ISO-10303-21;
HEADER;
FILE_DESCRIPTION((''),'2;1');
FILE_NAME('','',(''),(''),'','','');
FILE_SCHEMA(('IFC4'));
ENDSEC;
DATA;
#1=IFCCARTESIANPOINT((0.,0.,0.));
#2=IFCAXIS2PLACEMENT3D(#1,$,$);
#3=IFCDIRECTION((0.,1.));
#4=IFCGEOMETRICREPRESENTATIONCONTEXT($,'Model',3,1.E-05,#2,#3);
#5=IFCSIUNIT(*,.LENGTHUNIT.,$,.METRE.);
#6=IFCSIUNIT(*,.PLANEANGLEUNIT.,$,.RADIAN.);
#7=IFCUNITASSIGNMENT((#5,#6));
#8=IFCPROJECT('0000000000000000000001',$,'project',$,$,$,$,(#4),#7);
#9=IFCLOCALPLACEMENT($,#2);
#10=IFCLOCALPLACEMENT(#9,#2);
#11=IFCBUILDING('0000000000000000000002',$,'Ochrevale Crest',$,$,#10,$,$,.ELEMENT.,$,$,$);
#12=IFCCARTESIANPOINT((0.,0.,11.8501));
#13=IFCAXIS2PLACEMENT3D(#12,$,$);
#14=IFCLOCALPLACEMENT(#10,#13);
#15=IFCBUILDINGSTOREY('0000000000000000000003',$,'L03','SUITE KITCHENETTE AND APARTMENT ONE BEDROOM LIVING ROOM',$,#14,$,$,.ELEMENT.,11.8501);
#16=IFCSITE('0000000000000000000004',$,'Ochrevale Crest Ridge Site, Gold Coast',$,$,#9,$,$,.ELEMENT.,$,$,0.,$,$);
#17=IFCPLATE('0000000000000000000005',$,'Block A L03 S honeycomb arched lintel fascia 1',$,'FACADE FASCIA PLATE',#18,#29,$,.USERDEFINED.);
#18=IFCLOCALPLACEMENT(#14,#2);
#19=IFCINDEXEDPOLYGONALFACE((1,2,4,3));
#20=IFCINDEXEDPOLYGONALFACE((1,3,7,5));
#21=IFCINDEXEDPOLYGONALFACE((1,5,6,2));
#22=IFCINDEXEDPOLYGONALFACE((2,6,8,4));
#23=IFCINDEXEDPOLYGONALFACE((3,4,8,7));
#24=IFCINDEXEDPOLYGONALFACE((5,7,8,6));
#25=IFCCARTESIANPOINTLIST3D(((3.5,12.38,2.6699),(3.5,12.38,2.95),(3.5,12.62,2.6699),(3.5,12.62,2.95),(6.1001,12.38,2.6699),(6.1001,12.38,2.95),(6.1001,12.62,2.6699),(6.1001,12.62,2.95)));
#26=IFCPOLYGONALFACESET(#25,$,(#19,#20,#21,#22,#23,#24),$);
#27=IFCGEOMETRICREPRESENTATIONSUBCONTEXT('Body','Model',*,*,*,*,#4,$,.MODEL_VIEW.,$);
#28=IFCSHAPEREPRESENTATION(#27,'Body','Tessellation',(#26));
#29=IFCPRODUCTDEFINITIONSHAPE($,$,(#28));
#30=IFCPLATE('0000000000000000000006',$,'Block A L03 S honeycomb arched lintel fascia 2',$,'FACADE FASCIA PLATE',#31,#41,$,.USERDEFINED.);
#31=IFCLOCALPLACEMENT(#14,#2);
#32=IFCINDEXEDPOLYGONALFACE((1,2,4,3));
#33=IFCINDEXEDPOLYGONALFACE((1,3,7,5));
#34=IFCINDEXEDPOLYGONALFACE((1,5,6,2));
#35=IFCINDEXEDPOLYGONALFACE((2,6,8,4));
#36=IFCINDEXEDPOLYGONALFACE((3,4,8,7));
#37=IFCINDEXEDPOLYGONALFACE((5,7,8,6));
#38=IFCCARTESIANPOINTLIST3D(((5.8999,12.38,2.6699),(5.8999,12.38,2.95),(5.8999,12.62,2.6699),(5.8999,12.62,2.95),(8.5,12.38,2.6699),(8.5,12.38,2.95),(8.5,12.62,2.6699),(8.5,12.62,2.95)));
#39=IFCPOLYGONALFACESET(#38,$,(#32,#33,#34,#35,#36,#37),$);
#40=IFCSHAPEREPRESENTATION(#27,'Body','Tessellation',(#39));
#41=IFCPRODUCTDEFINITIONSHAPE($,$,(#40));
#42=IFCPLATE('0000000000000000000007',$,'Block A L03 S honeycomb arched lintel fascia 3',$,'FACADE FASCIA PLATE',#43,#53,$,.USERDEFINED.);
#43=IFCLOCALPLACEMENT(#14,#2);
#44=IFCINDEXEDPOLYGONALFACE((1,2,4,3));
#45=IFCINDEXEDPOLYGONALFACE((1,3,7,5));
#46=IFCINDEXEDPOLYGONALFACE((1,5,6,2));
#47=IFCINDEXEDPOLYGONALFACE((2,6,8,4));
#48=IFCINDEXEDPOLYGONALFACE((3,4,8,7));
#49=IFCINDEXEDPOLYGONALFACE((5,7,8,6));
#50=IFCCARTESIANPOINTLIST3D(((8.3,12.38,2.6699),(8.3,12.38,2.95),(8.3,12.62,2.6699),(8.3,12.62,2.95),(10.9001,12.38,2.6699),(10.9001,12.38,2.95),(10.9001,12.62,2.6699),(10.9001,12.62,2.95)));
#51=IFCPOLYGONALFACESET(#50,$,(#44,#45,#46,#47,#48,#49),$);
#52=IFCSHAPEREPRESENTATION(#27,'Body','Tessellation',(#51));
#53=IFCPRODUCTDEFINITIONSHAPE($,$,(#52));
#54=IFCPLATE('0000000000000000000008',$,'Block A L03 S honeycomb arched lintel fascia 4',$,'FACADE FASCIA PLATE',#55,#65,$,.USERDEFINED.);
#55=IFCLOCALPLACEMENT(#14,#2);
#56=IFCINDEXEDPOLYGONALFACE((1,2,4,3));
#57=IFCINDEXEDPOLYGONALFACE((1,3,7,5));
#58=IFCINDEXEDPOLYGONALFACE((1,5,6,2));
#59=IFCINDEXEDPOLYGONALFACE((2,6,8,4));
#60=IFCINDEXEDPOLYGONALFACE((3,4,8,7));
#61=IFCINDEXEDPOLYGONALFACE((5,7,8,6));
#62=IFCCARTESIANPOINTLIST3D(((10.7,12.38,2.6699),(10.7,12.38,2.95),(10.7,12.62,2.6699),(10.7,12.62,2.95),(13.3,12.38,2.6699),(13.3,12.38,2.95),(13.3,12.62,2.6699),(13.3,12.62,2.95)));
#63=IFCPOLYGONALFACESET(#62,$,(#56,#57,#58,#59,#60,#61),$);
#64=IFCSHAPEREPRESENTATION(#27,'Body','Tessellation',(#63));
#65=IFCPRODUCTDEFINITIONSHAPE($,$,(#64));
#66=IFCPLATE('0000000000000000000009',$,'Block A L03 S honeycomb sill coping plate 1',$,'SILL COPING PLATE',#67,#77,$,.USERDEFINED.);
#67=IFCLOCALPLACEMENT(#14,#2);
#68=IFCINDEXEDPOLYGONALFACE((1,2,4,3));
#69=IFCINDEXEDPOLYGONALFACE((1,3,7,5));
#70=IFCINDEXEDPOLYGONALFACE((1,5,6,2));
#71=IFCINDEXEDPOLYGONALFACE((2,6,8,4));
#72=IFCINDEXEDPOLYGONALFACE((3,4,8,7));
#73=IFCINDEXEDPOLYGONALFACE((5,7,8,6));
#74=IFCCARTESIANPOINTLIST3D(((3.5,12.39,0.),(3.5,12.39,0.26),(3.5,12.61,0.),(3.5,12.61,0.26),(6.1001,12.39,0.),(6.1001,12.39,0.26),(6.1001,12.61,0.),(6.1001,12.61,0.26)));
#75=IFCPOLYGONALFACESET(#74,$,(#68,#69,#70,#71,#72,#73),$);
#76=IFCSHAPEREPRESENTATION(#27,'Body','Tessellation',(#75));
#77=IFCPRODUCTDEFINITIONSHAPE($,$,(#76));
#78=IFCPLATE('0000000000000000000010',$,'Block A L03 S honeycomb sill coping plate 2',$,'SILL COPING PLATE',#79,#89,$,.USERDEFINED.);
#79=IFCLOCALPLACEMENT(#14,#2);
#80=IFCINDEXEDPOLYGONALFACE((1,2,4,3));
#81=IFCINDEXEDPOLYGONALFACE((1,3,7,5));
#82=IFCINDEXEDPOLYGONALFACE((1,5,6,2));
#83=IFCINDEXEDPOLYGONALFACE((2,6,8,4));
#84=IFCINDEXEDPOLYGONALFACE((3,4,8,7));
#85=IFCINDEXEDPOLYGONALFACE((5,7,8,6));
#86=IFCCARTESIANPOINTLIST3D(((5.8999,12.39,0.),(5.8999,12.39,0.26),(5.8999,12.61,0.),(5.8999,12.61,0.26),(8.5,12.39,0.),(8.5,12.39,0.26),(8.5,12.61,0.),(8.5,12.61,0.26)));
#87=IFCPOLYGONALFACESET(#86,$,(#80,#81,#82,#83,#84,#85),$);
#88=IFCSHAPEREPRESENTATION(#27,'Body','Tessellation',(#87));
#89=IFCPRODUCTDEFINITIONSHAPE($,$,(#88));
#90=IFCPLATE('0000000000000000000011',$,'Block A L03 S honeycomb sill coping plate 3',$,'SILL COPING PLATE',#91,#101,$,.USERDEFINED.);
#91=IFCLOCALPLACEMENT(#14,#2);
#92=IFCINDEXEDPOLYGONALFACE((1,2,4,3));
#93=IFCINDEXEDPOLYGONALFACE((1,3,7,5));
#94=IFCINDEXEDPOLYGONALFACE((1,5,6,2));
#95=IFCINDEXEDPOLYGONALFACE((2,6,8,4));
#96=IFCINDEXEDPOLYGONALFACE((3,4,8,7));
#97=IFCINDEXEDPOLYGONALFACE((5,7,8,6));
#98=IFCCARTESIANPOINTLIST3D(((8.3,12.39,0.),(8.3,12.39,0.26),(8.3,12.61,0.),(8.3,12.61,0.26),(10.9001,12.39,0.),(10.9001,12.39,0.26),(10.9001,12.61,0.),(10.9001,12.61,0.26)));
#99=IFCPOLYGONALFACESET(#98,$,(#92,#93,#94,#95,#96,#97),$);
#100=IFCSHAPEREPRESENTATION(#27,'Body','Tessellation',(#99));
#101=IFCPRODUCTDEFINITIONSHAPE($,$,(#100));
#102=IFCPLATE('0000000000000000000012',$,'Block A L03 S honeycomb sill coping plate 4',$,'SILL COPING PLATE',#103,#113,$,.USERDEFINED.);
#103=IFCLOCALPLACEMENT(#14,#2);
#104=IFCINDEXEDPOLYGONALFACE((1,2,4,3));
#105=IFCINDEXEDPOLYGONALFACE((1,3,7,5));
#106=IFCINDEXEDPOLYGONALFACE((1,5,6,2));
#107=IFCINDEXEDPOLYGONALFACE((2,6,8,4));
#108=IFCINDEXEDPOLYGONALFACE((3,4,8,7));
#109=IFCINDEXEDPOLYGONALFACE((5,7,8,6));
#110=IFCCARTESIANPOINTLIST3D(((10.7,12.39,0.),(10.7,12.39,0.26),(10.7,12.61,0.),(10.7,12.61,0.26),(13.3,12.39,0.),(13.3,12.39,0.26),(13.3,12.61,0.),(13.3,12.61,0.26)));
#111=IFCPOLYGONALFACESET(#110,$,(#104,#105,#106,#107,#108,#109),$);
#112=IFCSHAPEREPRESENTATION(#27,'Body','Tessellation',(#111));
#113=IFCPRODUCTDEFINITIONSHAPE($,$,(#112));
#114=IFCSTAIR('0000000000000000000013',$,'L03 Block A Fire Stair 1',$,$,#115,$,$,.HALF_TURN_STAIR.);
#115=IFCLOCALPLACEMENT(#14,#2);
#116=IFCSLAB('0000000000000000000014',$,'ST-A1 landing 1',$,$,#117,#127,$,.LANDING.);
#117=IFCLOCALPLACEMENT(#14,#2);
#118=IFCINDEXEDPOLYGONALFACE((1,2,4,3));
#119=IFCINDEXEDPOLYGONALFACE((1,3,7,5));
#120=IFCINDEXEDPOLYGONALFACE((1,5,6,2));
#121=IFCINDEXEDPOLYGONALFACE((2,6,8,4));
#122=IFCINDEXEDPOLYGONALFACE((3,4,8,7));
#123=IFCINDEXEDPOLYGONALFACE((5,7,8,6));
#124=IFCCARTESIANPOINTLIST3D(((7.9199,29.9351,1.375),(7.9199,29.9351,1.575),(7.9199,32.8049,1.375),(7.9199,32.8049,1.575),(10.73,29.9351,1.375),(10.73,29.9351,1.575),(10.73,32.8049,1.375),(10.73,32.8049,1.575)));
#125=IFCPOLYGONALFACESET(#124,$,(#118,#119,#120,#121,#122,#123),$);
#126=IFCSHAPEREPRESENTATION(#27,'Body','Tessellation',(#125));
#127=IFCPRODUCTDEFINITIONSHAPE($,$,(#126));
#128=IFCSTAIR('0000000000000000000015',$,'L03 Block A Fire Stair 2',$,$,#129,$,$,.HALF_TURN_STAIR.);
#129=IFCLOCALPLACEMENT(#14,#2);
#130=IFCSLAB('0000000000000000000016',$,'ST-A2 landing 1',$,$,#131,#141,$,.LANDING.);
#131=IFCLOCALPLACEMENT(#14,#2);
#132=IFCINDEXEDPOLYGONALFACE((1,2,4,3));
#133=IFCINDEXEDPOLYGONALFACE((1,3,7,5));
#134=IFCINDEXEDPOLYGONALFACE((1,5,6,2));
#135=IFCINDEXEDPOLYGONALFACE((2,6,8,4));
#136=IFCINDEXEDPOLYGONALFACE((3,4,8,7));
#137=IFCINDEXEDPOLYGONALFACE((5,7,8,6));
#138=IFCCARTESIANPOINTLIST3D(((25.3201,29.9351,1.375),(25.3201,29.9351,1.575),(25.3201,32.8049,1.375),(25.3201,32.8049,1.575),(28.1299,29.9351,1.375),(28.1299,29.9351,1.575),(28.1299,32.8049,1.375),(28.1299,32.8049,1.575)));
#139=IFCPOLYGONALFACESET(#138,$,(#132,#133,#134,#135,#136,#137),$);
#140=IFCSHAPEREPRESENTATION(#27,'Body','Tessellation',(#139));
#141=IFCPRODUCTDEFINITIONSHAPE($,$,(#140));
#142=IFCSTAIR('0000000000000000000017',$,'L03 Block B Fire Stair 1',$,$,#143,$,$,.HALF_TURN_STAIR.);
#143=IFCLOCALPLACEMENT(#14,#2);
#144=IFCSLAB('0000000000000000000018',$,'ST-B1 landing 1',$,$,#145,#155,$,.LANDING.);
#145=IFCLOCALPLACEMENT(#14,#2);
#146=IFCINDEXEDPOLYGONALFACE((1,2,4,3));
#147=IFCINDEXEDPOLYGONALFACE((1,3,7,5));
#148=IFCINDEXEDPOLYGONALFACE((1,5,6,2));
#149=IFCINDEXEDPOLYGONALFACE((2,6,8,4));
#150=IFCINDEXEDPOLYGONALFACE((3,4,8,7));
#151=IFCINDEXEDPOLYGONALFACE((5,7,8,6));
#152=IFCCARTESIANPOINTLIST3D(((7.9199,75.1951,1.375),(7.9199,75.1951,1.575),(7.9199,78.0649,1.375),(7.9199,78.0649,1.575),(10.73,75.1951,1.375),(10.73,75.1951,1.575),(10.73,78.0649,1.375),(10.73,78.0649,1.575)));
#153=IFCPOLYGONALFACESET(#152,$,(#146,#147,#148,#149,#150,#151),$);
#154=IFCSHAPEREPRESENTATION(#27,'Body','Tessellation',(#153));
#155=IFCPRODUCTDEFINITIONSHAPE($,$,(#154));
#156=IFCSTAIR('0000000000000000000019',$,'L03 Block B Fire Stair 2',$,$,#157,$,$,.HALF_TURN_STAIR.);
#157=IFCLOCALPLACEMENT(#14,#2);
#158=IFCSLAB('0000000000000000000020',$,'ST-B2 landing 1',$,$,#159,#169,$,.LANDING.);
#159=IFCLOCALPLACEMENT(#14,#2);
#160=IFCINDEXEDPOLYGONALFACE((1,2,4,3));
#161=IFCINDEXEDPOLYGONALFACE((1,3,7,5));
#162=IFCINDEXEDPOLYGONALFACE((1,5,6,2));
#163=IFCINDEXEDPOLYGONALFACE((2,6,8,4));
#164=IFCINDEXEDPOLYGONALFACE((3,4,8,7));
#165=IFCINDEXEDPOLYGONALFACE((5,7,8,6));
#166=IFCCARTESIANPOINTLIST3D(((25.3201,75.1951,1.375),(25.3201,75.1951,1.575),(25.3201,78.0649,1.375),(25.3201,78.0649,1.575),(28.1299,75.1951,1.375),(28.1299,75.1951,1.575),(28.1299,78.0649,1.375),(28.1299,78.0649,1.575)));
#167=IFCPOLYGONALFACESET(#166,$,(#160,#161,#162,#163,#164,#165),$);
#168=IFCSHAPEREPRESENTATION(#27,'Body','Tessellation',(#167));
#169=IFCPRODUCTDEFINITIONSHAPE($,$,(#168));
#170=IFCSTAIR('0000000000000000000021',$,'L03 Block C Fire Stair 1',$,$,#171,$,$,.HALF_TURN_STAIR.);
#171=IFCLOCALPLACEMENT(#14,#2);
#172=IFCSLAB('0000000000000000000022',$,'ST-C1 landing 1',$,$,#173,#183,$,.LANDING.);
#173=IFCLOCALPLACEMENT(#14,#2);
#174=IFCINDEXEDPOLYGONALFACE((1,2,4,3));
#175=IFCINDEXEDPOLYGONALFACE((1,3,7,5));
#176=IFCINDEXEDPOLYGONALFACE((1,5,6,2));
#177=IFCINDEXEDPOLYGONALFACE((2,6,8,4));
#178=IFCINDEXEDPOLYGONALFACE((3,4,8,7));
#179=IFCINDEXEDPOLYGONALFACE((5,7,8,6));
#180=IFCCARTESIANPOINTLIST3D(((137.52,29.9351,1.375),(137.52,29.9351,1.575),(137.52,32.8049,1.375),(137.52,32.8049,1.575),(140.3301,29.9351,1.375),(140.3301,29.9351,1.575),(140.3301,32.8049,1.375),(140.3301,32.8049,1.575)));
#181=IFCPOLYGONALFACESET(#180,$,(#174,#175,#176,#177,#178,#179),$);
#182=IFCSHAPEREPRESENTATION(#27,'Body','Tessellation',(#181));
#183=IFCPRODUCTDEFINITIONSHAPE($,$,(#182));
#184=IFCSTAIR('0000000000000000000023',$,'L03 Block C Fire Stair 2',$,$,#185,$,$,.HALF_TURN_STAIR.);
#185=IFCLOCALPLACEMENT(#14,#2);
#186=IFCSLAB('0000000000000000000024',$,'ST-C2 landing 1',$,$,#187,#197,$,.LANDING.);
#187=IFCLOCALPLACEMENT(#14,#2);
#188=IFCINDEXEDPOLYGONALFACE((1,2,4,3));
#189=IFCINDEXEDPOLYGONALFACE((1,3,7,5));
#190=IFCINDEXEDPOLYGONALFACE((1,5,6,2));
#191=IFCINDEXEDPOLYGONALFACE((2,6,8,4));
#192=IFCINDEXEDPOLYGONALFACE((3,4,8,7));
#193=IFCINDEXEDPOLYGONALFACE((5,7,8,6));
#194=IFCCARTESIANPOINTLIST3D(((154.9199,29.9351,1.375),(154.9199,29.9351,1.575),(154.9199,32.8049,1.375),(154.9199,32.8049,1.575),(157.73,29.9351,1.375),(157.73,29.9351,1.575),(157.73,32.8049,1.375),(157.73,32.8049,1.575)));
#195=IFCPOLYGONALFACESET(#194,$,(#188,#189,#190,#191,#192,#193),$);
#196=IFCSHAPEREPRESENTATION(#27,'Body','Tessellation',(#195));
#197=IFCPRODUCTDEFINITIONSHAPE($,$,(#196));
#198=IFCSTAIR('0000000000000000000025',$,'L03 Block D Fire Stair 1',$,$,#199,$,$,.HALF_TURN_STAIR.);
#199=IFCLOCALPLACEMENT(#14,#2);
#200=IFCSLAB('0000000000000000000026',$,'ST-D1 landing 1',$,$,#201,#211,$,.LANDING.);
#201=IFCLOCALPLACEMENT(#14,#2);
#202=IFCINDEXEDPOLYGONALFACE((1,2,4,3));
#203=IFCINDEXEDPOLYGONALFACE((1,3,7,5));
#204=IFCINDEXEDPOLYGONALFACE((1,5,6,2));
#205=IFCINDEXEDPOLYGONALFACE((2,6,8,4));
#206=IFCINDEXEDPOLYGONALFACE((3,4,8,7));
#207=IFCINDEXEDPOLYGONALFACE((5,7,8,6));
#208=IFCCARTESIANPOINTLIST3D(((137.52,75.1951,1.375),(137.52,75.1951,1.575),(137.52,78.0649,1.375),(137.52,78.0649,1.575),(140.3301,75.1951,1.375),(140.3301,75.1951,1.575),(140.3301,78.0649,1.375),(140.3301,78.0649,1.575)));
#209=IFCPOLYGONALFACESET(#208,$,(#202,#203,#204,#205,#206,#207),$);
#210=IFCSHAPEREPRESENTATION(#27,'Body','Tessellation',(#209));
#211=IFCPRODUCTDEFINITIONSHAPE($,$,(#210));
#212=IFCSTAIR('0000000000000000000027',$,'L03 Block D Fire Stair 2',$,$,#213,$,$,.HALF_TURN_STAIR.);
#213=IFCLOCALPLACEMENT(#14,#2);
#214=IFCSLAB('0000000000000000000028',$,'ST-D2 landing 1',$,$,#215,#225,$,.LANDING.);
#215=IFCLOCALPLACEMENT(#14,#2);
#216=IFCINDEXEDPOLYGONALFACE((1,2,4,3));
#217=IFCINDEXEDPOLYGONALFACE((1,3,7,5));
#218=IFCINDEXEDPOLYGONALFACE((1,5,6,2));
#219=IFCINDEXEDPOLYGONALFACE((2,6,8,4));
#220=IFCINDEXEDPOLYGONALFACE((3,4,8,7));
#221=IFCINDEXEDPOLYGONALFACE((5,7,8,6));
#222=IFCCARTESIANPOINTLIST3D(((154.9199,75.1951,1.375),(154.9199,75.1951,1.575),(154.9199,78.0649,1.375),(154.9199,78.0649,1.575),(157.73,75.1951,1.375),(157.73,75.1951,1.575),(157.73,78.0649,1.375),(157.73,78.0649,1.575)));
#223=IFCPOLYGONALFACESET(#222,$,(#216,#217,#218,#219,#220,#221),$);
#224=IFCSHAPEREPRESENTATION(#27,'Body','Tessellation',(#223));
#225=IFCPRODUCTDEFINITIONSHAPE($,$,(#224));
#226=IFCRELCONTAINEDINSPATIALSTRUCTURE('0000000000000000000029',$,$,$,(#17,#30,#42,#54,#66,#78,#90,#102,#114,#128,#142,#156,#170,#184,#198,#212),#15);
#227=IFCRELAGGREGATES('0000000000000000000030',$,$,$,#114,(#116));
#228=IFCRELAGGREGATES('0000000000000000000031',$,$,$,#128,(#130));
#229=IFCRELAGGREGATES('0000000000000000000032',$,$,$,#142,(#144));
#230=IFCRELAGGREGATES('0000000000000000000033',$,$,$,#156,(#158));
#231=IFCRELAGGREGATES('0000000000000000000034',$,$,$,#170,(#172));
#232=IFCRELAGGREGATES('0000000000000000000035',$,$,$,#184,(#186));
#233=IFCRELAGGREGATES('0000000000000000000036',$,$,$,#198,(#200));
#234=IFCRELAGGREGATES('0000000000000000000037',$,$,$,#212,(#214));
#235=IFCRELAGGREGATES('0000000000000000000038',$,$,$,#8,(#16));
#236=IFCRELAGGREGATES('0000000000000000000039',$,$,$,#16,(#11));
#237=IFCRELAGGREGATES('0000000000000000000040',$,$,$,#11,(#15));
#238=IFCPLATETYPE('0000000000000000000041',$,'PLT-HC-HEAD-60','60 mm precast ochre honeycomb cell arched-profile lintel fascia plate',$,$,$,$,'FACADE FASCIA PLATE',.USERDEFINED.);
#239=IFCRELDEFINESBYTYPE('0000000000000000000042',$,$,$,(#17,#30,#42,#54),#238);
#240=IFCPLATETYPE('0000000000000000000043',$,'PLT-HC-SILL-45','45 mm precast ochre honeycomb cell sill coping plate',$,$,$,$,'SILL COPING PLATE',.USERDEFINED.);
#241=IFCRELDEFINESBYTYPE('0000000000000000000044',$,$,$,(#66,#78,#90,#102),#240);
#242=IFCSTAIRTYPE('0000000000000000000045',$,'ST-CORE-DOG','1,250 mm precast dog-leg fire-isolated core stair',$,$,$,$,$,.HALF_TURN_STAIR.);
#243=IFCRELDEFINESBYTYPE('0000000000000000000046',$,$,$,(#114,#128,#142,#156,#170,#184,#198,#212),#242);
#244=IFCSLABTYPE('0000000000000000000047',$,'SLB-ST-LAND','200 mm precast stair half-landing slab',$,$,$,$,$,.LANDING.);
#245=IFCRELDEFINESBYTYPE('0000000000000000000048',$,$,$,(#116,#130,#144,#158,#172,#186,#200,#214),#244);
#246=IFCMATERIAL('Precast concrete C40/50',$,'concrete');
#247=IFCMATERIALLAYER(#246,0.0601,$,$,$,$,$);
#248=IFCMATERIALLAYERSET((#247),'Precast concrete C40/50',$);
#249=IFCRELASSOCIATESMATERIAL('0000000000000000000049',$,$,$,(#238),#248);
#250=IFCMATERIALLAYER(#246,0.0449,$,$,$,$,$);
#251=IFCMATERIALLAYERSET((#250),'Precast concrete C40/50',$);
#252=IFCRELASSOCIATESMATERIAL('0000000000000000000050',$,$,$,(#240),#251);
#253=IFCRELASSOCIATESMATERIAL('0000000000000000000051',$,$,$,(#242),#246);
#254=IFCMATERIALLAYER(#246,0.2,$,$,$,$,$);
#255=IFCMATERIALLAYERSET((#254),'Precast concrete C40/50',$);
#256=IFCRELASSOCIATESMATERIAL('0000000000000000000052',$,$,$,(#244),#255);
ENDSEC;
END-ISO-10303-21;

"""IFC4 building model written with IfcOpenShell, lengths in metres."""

from ifc_helpers import new_model, si_unit, direction, frame, origin, origin_2d, place, context, subcontext, project, spatial, polyline, rectangle, outline, extrude, material, layer, layer_set, type_object, element, aggregate, save


model = new_model("IFC4")

# Units and contexts
model_context = context("Model", 3, precision=1e-05, world=origin(), true_north=direction((0.0, 1.0)))
body_context = subcontext(model_context, "Body", "Model", "MODEL_VIEW")
ifc_project = project(units=[si_unit("LENGTHUNIT", "METRE"), si_unit("PLANEANGLEUNIT", "RADIAN")], contexts=[model_context])

# Site, building, storey
site_placement = place(None, origin())
site = spatial("IfcSite", under=ifc_project, at=site_placement, Name="Ochrevale Crest Ridge Site, Gold Coast", CompositionType="ELEMENT", RefElevation=0.0)
building_placement = place(site_placement, origin())
building = spatial("IfcBuilding", under=site, at=building_placement, Name="Ochrevale Crest", CompositionType="ELEMENT")
storey_placement = place(building_placement, frame((0.0, 0.0, 11.8501)))
storey = spatial("IfcBuildingStorey", under=building, at=storey_placement, Name="L03", Description="SUITE KITCHENETTE AND APARTMENT ONE BEDROOM LIVING ROOM", CompositionType="ELEMENT", Elevation=11.8501)

# Plates
ifc_material_1 = material(Name="Precast concrete C40/50", Category="concrete")
ifc_layer_1 = layer(ifc_material_1, 0.0601)
ifc_layer_set_1 = layer_set([ifc_layer_1], Name="Precast concrete C40/50")
plate_type_1 = type_object("IfcPlateType", Name="PLT-HC-HEAD-60", Description="60 mm precast ochre honeycomb cell arched-profile lintel fascia plate", ElementType="FACADE FASCIA PLATE", PredefinedType="USERDEFINED", material=ifc_layer_set_1)
for number, where, z_axis, x_axis, name in (
    (1, (4.8, 12.5, 2.6699), (0.0, 0.0, 1.0), (1.0, 0.0, 0.0), "Block A L03 S honeycomb arched lintel fascia 1"),
    (2, (7.2, 12.5, 2.6699), (0.0, 0.0, 1.0), (1.0, 0.0, 0.0), "Block A L03 S honeycomb arched lintel fascia 2"),
    (3, (9.6001, 12.5, 2.6699), (0.0, 0.0, 1.0), (1.0, 0.0, 0.0), "Block A L03 S honeycomb arched lintel fascia 3"),
    (4, (12.0, 12.5, 2.6699), (0.0, 0.0, 1.0), (1.0, 0.0, 0.0), "Block A L03 S honeycomb arched lintel fascia 4"),
):
    element("IfcPlate", number, at=place(storey_placement, frame(where, z_axis=z_axis, x_axis=x_axis)), inside=storey, type_object=plate_type_1, Name=name, ObjectType="FACADE FASCIA PLATE", PredefinedType="USERDEFINED", context=body_context, shape_type="SweptSolid", body=[
        extrude(rectangle(XDim=2.6001, YDim=0.24, at=origin_2d()), origin(), (0.0, 0.0, 1.0), 0.28),
    ])
ifc_layer_2 = layer(ifc_material_1, 0.0449)
ifc_layer_set_2 = layer_set([ifc_layer_2], Name="Precast concrete C40/50")
plate_type_2 = type_object("IfcPlateType", Name="PLT-HC-SILL-45", Description="45 mm precast ochre honeycomb cell sill coping plate", ElementType="SILL COPING PLATE", PredefinedType="USERDEFINED", material=ifc_layer_set_2)
for number, where, z_axis, x_axis, name in (
    (5, (4.8, 12.5, 0.0), (0.0, 0.0, 1.0), (1.0, 0.0, 0.0), "Block A L03 S honeycomb sill coping plate 1"),
    (6, (7.2, 12.5, 0.0), (0.0, 0.0, 1.0), (1.0, 0.0, 0.0), "Block A L03 S honeycomb sill coping plate 2"),
    (7, (9.6001, 12.5, 0.0), (0.0, 0.0, 1.0), (1.0, 0.0, 0.0), "Block A L03 S honeycomb sill coping plate 3"),
    (8, (12.0, 12.5, 0.0), (0.0, 0.0, 1.0), (1.0, 0.0, 0.0), "Block A L03 S honeycomb sill coping plate 4"),
):
    element("IfcPlate", number, at=place(storey_placement, frame(where, z_axis=z_axis, x_axis=x_axis)), inside=storey, type_object=plate_type_2, Name=name, ObjectType="SILL COPING PLATE", PredefinedType="USERDEFINED", context=body_context, shape_type="SweptSolid", body=[
        extrude(rectangle(XDim=2.6001, YDim=0.22, at=origin_2d()), origin(), (0.0, 0.0, 1.0), 0.26),
    ])

# Stairs, slabs
stair_type = type_object("IfcStairType", Name="ST-CORE-DOG", Description="1,250 mm precast dog-leg fire-isolated core stair", PredefinedType="HALF_TURN_STAIR", material=ifc_material_1)
stair_1_placement = place(storey_placement, origin())
stair_1 = element("IfcStair", 9, at=stair_1_placement, inside=storey, type_object=stair_type, Name="L03 Block A Fire Stair 1", PredefinedType="HALF_TURN_STAIR")
ifc_layer_3 = layer(ifc_material_1, 0.2)
ifc_layer_set_3 = layer_set([ifc_layer_3], Name="Precast concrete C40/50")
slab_type = type_object("IfcSlabType", Name="SLB-ST-LAND", Description="200 mm precast stair half-landing slab", PredefinedType="LANDING", material=ifc_layer_set_3)
slab_1_placement = place(storey_placement, frame((0.0, 0.0, 1.375)))
slab_1 = element("IfcSlab", 10, at=slab_1_placement, type_object=slab_type, Name="ST-A1 landing 1", PredefinedType="LANDING", context=body_context, shape_type="SweptSolid", body=[
    extrude(outline(polyline([(10.73, 29.9351), (10.73, 32.8049), (7.9199, 32.8049), (7.9199, 29.9351), (10.73, 29.9351)])), origin(), (0.0, 0.0, 1.0), 0.2),
])
aggregate(stair_1, [slab_1])
stair_2_placement = place(storey_placement, origin())
stair_2 = element("IfcStair", 11, at=stair_2_placement, inside=storey, type_object=stair_type, Name="L03 Block A Fire Stair 2", PredefinedType="HALF_TURN_STAIR")
slab_2_placement = place(storey_placement, frame((0.0, 0.0, 1.375)))
slab_2 = element("IfcSlab", 12, at=slab_2_placement, type_object=slab_type, Name="ST-A2 landing 1", PredefinedType="LANDING", context=body_context, shape_type="SweptSolid", body=[
    extrude(outline(polyline([(28.1299, 29.9351), (28.1299, 32.8049), (25.3201, 32.8049), (25.3201, 29.9351), (28.1299, 29.9351)])), origin(), (0.0, 0.0, 1.0), 0.2),
])
aggregate(stair_2, [slab_2])
stair_3_placement = place(storey_placement, origin())
stair_3 = element("IfcStair", 13, at=stair_3_placement, inside=storey, type_object=stair_type, Name="L03 Block B Fire Stair 1", PredefinedType="HALF_TURN_STAIR")
slab_3_placement = place(storey_placement, frame((0.0, 0.0, 1.375)))
slab_3 = element("IfcSlab", 14, at=slab_3_placement, type_object=slab_type, Name="ST-B1 landing 1", PredefinedType="LANDING", context=body_context, shape_type="SweptSolid", body=[
    extrude(outline(polyline([(7.9199, 78.0649), (7.9199, 75.1951), (10.73, 75.1951), (10.73, 78.0649), (7.9199, 78.0649)])), origin(), (0.0, 0.0, 1.0), 0.2),
])
aggregate(stair_3, [slab_3])
stair_4_placement = place(storey_placement, origin())
stair_4 = element("IfcStair", 15, at=stair_4_placement, inside=storey, type_object=stair_type, Name="L03 Block B Fire Stair 2", PredefinedType="HALF_TURN_STAIR")
slab_4_placement = place(storey_placement, frame((0.0, 0.0, 1.375)))
slab_4 = element("IfcSlab", 16, at=slab_4_placement, type_object=slab_type, Name="ST-B2 landing 1", PredefinedType="LANDING", context=body_context, shape_type="SweptSolid", body=[
    extrude(outline(polyline([(25.3201, 78.0649), (25.3201, 75.1951), (28.1299, 75.1951), (28.1299, 78.0649), (25.3201, 78.0649)])), origin(), (0.0, 0.0, 1.0), 0.2),
])
aggregate(stair_4, [slab_4])
stair_5_placement = place(storey_placement, origin())
stair_5 = element("IfcStair", 17, at=stair_5_placement, inside=storey, type_object=stair_type, Name="L03 Block C Fire Stair 1", PredefinedType="HALF_TURN_STAIR")
slab_5_placement = place(storey_placement, frame((0.0, 0.0, 1.375)))
slab_5 = element("IfcSlab", 18, at=slab_5_placement, type_object=slab_type, Name="ST-C1 landing 1", PredefinedType="LANDING", context=body_context, shape_type="SweptSolid", body=[
    extrude(outline(polyline([(140.3301, 29.9351), (140.3301, 32.8049), (137.52, 32.8049), (137.52, 29.9351), (140.3301, 29.9351)])), origin(), (0.0, 0.0, 1.0), 0.2),
])
aggregate(stair_5, [slab_5])
stair_6_placement = place(storey_placement, origin())
stair_6 = element("IfcStair", 19, at=stair_6_placement, inside=storey, type_object=stair_type, Name="L03 Block C Fire Stair 2", PredefinedType="HALF_TURN_STAIR")
slab_6_placement = place(storey_placement, frame((0.0, 0.0, 1.375)))
slab_6 = element("IfcSlab", 20, at=slab_6_placement, type_object=slab_type, Name="ST-C2 landing 1", PredefinedType="LANDING", context=body_context, shape_type="SweptSolid", body=[
    extrude(outline(polyline([(157.73, 29.9351), (157.73, 32.8049), (154.9199, 32.8049), (154.9199, 29.9351), (157.73, 29.9351)])), origin(), (0.0, 0.0, 1.0), 0.2),
])
aggregate(stair_6, [slab_6])
stair_7_placement = place(storey_placement, origin())
stair_7 = element("IfcStair", 21, at=stair_7_placement, inside=storey, type_object=stair_type, Name="L03 Block D Fire Stair 1", PredefinedType="HALF_TURN_STAIR")
slab_7_placement = place(storey_placement, frame((0.0, 0.0, 1.375)))
slab_7 = element("IfcSlab", 22, at=slab_7_placement, type_object=slab_type, Name="ST-D1 landing 1", PredefinedType="LANDING", context=body_context, shape_type="SweptSolid", body=[
    extrude(outline(polyline([(137.52, 78.0649), (137.52, 75.1951), (140.3301, 75.1951), (140.3301, 78.0649), (137.52, 78.0649)])), origin(), (0.0, 0.0, 1.0), 0.2),
])
aggregate(stair_7, [slab_7])
stair_8_placement = place(storey_placement, origin())
stair_8 = element("IfcStair", 23, at=stair_8_placement, inside=storey, type_object=stair_type, Name="L03 Block D Fire Stair 2", PredefinedType="HALF_TURN_STAIR")
slab_8_placement = place(storey_placement, frame((0.0, 0.0, 1.375)))
slab_8 = element("IfcSlab", 24, at=slab_8_placement, type_object=slab_type, Name="ST-D2 landing 1", PredefinedType="LANDING", context=body_context, shape_type="SweptSolid", body=[
    extrude(outline(polyline([(154.9199, 78.0649), (154.9199, 75.1951), (157.73, 75.1951), (157.73, 78.0649), (154.9199, 78.0649)])), origin(), (0.0, 0.0, 1.0), 0.2),
])
aggregate(stair_8, [slab_8])

save(model, "model.ifc")
